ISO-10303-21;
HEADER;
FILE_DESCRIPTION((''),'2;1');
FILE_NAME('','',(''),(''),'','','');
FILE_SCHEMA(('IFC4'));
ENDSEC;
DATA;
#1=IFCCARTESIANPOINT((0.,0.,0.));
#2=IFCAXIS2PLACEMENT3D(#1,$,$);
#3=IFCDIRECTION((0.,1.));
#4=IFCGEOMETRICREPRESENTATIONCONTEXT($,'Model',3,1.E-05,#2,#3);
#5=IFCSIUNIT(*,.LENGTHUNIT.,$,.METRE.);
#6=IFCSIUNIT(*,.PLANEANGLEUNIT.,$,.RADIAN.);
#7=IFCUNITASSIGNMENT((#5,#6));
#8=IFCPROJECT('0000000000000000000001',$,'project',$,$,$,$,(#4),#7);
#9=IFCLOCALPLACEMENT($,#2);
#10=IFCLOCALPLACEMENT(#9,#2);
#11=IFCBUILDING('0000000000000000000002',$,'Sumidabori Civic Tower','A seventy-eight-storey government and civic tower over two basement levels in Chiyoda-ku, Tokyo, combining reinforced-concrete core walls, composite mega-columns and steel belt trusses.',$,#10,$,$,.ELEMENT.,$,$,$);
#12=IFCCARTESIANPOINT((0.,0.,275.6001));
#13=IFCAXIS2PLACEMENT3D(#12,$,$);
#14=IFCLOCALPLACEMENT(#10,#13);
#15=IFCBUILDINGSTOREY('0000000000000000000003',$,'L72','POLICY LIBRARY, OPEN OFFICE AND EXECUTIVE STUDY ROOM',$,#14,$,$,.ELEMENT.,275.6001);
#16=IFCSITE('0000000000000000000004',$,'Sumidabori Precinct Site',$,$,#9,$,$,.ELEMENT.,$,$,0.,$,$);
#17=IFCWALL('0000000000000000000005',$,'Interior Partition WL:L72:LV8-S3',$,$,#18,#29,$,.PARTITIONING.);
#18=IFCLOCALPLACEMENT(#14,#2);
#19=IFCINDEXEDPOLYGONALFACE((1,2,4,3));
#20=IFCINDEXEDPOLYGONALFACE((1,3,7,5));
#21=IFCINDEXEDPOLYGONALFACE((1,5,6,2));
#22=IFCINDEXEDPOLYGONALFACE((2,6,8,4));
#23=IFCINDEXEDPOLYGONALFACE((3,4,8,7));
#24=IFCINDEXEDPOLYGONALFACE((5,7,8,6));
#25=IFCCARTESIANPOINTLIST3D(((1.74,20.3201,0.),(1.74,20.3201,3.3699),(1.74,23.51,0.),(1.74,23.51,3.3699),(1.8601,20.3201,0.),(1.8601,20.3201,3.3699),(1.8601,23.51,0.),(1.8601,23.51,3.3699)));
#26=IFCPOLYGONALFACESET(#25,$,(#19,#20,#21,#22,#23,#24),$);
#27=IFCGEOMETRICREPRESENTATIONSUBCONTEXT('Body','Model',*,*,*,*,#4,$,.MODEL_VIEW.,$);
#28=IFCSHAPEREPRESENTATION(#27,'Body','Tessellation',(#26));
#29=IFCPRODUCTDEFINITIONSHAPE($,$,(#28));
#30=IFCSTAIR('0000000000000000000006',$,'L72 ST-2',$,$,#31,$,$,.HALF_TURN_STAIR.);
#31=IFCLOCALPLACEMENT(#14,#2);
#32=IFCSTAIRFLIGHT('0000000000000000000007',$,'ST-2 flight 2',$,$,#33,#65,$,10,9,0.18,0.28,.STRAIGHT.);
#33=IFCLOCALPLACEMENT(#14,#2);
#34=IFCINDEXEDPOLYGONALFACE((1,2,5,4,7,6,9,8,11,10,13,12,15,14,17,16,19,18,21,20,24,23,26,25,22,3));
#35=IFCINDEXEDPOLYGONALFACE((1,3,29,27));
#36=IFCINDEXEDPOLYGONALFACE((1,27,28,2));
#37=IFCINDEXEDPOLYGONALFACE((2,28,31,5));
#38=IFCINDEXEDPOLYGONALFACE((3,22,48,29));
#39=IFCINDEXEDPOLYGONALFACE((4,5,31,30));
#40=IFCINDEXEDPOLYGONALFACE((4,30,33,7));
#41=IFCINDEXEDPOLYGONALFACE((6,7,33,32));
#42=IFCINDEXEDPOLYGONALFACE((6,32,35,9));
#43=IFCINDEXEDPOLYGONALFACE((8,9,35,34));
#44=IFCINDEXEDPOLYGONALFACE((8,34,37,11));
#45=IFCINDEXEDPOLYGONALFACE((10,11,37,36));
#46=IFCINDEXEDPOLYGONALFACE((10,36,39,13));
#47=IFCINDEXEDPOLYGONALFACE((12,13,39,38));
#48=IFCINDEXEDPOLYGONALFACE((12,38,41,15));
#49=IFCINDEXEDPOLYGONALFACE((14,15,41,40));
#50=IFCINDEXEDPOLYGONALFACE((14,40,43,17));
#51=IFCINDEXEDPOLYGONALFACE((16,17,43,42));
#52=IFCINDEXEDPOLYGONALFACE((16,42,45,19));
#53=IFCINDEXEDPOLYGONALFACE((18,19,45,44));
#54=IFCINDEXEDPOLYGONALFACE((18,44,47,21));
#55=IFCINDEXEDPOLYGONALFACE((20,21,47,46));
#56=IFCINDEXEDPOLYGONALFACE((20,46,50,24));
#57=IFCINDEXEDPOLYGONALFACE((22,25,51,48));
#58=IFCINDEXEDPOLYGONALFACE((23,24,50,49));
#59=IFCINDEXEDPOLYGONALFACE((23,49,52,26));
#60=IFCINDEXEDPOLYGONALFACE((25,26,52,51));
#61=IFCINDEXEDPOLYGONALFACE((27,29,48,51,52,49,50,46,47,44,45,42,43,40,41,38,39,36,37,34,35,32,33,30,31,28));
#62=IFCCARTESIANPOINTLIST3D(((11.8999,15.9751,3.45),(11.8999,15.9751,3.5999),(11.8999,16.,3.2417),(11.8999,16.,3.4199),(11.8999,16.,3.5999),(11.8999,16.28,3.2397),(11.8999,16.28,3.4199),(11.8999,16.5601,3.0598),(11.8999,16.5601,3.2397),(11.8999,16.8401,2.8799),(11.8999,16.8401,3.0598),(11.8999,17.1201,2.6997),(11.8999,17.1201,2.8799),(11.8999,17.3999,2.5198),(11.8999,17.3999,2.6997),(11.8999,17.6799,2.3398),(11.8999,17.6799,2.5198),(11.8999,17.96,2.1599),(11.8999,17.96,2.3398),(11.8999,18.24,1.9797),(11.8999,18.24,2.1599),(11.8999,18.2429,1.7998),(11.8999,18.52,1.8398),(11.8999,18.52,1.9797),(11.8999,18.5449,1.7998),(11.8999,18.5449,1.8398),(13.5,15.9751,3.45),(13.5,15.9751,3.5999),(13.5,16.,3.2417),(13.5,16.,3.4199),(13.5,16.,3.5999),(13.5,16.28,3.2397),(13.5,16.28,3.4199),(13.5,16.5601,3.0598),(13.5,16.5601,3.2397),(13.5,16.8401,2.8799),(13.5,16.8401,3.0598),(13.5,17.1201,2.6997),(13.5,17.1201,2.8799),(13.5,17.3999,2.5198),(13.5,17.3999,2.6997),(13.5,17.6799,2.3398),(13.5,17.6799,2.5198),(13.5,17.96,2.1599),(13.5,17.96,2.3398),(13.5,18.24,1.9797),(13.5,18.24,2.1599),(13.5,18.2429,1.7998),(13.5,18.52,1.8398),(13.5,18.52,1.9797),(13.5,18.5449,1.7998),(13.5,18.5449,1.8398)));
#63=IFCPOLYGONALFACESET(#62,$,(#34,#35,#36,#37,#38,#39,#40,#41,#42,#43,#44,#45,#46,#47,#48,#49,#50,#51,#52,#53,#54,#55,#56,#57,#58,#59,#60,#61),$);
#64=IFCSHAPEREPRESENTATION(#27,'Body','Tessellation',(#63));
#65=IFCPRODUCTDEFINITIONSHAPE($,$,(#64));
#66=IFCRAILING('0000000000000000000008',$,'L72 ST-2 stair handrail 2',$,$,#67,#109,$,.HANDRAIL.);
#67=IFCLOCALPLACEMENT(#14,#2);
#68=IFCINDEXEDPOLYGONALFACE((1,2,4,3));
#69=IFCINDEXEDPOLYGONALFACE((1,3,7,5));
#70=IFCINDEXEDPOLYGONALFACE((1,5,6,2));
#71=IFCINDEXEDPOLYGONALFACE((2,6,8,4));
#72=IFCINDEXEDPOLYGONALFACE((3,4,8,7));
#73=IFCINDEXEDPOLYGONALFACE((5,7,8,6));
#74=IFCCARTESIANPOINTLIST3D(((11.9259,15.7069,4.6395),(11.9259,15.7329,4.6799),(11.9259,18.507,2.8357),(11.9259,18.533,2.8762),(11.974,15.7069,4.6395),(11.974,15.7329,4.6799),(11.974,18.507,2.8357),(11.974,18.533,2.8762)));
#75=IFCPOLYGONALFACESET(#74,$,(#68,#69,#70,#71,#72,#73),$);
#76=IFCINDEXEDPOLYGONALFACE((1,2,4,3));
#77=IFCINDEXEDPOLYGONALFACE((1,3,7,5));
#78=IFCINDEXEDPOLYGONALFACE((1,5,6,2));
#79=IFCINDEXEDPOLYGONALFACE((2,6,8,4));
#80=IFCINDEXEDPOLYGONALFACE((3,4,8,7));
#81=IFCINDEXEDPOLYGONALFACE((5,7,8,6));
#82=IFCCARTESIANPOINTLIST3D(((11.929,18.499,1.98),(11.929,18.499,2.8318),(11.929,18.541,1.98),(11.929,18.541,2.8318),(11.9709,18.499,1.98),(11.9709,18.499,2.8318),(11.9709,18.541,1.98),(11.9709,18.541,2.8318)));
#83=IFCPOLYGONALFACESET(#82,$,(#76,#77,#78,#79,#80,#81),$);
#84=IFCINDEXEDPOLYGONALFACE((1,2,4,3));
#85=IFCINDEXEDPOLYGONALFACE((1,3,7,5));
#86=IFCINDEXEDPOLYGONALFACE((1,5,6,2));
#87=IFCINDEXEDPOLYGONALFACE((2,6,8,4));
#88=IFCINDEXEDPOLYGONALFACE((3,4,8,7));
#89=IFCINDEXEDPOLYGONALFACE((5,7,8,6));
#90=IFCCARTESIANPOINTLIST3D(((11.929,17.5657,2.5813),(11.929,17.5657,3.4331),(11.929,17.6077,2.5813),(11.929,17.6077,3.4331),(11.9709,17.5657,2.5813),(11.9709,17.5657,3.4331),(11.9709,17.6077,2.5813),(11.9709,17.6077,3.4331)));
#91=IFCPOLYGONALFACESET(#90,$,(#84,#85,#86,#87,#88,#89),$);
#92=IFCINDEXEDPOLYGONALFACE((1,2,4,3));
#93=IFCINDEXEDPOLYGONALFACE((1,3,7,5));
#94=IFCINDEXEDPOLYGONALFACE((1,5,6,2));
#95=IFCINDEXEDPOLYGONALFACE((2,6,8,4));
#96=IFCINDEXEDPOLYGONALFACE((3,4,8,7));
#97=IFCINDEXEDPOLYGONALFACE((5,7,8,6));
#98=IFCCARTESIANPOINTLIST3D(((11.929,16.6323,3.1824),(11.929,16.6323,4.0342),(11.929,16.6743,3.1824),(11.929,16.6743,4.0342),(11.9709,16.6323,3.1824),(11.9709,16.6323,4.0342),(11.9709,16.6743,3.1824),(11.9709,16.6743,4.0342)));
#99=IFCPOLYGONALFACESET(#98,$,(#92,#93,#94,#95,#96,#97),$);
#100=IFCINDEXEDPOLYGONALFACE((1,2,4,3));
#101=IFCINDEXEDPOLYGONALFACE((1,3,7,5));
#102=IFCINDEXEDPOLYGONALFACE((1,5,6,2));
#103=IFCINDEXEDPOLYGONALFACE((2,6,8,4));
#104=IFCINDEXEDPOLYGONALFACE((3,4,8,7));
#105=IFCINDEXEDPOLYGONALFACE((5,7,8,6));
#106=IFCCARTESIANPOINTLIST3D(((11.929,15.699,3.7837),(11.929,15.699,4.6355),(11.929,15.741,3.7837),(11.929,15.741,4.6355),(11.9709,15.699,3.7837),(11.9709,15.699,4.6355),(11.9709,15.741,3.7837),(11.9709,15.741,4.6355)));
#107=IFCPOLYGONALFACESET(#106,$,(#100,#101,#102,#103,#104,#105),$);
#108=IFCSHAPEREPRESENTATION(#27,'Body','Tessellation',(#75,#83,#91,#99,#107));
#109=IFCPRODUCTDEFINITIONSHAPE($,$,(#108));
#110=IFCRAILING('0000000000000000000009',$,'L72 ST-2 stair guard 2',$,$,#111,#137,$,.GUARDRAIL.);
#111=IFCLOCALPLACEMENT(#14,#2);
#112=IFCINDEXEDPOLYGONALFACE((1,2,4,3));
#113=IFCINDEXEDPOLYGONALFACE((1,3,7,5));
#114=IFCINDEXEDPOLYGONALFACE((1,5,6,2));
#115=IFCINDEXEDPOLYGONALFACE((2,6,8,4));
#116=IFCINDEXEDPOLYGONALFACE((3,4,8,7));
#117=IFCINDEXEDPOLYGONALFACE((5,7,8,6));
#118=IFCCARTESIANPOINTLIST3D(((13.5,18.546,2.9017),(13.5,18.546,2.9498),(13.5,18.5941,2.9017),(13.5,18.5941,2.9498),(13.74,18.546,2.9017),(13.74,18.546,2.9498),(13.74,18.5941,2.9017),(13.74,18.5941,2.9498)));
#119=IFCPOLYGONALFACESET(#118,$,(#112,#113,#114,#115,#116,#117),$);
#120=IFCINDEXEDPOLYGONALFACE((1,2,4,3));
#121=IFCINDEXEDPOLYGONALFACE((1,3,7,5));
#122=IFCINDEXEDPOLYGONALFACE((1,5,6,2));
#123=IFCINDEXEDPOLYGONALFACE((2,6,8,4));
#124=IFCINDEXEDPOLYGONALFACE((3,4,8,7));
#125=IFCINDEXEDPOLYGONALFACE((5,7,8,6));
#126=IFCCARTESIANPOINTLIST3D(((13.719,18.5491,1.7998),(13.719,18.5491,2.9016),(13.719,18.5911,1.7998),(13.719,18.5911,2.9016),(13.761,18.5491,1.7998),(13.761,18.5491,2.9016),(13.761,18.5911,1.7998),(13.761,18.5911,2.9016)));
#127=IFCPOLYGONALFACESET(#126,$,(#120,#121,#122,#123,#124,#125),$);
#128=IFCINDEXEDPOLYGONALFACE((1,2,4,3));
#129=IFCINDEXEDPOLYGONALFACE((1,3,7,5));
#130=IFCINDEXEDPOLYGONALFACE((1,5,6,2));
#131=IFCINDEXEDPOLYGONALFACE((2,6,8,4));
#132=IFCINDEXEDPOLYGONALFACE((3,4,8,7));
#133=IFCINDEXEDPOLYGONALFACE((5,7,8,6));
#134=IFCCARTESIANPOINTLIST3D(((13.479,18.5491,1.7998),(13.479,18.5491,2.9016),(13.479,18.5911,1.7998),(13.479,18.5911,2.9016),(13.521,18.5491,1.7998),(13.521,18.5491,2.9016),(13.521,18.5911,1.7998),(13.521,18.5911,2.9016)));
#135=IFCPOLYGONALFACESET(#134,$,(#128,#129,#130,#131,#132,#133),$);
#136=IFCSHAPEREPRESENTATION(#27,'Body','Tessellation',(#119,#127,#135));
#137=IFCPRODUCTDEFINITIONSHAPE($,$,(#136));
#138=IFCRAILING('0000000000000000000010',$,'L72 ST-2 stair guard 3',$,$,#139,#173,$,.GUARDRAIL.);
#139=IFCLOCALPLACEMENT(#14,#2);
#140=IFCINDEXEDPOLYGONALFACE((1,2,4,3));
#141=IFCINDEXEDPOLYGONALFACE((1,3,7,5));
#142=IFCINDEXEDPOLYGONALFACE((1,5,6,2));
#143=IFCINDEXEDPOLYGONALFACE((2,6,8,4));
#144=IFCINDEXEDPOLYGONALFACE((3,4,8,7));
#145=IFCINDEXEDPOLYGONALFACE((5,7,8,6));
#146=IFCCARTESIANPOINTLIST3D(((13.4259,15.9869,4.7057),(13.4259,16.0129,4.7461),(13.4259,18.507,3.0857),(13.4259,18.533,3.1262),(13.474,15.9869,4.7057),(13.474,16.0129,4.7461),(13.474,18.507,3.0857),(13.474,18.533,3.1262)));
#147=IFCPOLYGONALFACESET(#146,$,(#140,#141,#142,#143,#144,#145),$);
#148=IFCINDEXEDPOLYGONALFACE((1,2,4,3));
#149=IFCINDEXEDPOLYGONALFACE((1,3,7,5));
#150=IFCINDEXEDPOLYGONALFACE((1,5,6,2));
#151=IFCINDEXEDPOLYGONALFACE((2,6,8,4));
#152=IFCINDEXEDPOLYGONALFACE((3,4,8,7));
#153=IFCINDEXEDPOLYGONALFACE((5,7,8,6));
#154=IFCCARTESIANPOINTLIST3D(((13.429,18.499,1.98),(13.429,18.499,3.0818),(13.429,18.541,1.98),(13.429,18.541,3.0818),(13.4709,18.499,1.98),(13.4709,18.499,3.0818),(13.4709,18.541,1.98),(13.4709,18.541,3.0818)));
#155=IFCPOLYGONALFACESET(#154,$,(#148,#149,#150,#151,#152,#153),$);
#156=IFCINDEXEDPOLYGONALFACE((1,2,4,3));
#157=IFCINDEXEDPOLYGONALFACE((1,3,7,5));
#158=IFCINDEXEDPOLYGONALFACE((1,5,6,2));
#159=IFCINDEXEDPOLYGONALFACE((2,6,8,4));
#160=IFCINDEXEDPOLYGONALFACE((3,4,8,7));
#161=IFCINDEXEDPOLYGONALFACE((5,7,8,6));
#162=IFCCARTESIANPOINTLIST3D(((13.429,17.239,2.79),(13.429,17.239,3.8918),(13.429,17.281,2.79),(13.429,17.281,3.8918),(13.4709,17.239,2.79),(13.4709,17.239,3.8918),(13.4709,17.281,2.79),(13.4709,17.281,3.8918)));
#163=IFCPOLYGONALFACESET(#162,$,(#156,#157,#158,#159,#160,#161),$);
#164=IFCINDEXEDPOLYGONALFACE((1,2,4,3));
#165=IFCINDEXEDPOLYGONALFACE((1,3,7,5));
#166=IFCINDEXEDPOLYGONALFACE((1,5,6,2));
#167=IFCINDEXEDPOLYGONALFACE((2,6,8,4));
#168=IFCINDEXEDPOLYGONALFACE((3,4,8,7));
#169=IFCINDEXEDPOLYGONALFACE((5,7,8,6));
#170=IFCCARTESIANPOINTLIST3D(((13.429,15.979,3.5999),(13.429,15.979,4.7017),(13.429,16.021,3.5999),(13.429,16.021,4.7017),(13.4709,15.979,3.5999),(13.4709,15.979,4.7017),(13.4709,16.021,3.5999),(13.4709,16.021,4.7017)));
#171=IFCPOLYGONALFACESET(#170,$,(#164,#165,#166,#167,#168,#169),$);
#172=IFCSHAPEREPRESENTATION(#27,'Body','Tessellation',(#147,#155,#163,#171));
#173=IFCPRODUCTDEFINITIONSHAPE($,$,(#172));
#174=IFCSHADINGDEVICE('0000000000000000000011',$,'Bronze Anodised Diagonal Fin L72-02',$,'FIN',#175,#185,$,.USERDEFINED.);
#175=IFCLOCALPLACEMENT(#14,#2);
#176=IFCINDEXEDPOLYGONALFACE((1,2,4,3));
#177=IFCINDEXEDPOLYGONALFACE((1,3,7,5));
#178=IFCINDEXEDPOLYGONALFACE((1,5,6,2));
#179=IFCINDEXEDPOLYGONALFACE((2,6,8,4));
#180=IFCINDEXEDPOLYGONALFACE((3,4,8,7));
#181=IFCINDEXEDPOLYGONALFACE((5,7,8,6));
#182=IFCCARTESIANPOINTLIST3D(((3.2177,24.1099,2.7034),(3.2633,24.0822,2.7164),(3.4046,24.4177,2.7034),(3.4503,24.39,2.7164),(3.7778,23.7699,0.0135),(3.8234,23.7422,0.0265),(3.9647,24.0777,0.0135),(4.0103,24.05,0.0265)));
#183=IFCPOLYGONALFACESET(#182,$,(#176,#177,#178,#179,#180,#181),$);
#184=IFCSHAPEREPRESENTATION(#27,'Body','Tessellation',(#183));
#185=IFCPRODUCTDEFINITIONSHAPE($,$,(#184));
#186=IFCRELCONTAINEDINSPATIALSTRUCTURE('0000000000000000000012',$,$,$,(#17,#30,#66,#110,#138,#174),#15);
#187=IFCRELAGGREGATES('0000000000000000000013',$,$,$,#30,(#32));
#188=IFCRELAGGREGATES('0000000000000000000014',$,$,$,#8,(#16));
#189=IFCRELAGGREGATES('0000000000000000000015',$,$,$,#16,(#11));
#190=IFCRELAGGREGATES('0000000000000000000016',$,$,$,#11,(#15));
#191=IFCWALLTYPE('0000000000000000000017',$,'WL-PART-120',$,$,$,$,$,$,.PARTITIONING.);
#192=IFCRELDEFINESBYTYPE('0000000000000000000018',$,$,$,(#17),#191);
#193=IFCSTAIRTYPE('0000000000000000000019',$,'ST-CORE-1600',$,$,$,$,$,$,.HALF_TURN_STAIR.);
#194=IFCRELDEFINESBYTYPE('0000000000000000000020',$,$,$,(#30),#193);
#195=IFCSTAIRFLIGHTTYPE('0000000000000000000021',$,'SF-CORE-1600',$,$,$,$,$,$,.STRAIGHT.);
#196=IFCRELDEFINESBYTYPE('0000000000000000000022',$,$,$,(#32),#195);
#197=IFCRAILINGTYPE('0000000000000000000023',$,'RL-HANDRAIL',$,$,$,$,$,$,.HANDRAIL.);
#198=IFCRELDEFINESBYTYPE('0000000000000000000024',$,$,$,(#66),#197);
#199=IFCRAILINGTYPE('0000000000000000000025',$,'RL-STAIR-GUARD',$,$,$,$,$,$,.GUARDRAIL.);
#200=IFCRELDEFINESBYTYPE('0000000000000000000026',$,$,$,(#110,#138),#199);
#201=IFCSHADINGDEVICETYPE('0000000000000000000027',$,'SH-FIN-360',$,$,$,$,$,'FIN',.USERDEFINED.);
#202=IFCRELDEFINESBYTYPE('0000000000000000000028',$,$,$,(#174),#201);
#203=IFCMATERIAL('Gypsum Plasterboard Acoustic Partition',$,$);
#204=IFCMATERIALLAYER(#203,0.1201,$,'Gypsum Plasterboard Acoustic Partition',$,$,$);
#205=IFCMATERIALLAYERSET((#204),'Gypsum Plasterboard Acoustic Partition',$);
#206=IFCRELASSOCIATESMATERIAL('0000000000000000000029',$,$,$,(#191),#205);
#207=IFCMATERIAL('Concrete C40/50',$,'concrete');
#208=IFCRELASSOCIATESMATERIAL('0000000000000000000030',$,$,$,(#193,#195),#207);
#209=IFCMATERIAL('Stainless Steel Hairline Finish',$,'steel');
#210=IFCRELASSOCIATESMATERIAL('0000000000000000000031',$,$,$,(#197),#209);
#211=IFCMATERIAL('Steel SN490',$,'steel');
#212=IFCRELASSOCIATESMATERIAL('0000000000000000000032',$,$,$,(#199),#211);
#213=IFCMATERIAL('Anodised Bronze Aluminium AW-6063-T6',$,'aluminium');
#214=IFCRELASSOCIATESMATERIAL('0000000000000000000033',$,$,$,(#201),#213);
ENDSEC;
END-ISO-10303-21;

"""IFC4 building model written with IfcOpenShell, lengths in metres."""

from ifc_helpers import new_model, si_unit, direction, frame, frame_2d, origin, origin_2d, place, context, subcontext, project, spatial, polyline, rectangle, outline, extrude, source, transform, mapped, material, layer, layer_set, material_profile, profile_set, type_object, element, aggregate, save


model = new_model("IFC4")

# Units and contexts
model_context = context("Model", 3, precision=1e-05, world=origin(), true_north=direction((0.0, 1.0)))
body_context = subcontext(model_context, "Body", "Model", "MODEL_VIEW")
ifc_project = project(units=[si_unit("LENGTHUNIT", "METRE"), si_unit("PLANEANGLEUNIT", "RADIAN")], contexts=[model_context])

# Site, building, storey
site_placement = place(None, origin())
site = spatial("IfcSite", under=ifc_project, at=site_placement, Name="Sumidabori Precinct Site", CompositionType="ELEMENT", RefElevation=0.0)
building_placement = place(site_placement, origin())
building = spatial("IfcBuilding", under=site, at=building_placement, Name="Sumidabori Civic Tower", Description="A seventy-eight-storey government and civic tower over two basement levels in Chiyoda-ku, Tokyo, combining reinforced-concrete core walls, composite mega-columns and steel belt trusses.", CompositionType="ELEMENT")
storey_placement = place(building_placement, frame((0.0, 0.0, 275.6001)))
storey = spatial("IfcBuildingStorey", under=building, at=storey_placement, Name="L72", Description="POLICY LIBRARY, OPEN OFFICE AND EXECUTIVE STUDY ROOM", CompositionType="ELEMENT", Elevation=275.6001)

# Shared definitions
ifc_material_1 = material(Name="Steel SN490", Category="steel")

# Shared definitions
ifc_material_2 = material(Name="Anodised Bronze Aluminium AW-6063-T6", Category="aluminium")

# Wall
ifc_material_3 = material(Name="Gypsum Plasterboard Acoustic Partition")
ifc_layer_1 = layer(ifc_material_3, 0.1201, Name="Gypsum Plasterboard Acoustic Partition")
ifc_layer_set_1 = layer_set([ifc_layer_1], Name="Gypsum Plasterboard Acoustic Partition")
wall_type_1 = type_object("IfcWallType", Name="WL-PART-120", PredefinedType="PARTITIONING", material=ifc_layer_set_1)
shared_shape_1 = source(origin(), body_context, "Body", "SweptSolid", [
    extrude(rectangle(XDim=3.1899, YDim=0.1201, at=frame_2d((1.595, 0.0))), origin(), (0.0, 0.0, 1.0), 3.3699),
])
wall_1_placement = place(storey_placement, frame((1.8, 20.3201, 0.0), z_axis=(0.0, 0.0, 1.0), x_axis=(0.0, 1.0, 0.0)))
element("IfcWall", 1, at=wall_1_placement, inside=storey, type_object=wall_type_1, Name="Interior Partition WL:L72:LV8-S3", PredefinedType="PARTITIONING", context=body_context, shape_type="MappedRepresentation", body=[
    mapped(shared_shape_1, transform((0.0, 0.0, 0.0), x_axis=(1.0, 0.0, 0.0), y_axis=(0.0, 1.0, 0.0), z_axis=(0.0, 0.0, 1.0), scale=1.0)),
])

# Stair, stair flight
ifc_material_4 = material(Name="Concrete C40/50", Category="concrete")
stair_type = type_object("IfcStairType", Name="ST-CORE-1600", PredefinedType="HALF_TURN_STAIR", material=ifc_material_4)
stair_placement = place(storey_placement, origin())
stair = element("IfcStair", 2, at=stair_placement, inside=storey, type_object=stair_type, Name="L72 ST-2", PredefinedType="HALF_TURN_STAIR")
stair_flight_type = type_object("IfcStairFlightType", Name="SF-CORE-1600", PredefinedType="STRAIGHT", material=ifc_material_4)
shared_shape_2 = source(origin(), body_context, "Body", "SweptSolid", [
    extrude(outline(polyline([(-0.0249, 0.0), (-0.0249, 0.04), (0.0, 0.04), (0.0, 0.1799), (0.28, 0.1799), (0.28, 0.3601), (0.5601, 0.3601), (0.5601, 0.54), (0.8401, 0.54), (0.8401, 0.72), (1.1201, 0.72), (1.1201, 0.8999), (1.3999, 0.8999), (1.3999, 1.0801), (1.6799, 1.0801), (1.6799, 1.26), (1.96, 1.26), (1.96, 1.4399), (2.24, 1.4399), (2.24, 1.6201), (2.52, 1.6201), (2.52, 1.8), (2.5449, 1.8), (2.5449, 1.6501), (2.52, 1.4419), (0.2771, 0.0), (-0.0249, 0.0)])), frame((0.0, 0.8, 0.0), z_axis=(0.0, -1.0, 0.0), x_axis=(1.0, 0.0, 0.0)), (0.0, 0.0, 1.0), 1.6001),
])
stair_flight_placement = place(storey_placement, frame((12.7, 18.52, 1.7998), z_axis=(0.0, 0.0, 1.0), x_axis=(0.0, -1.0, 0.0)))
stair_flight = element("IfcStairFlight", 3, at=stair_flight_placement, type_object=stair_flight_type, Name="ST-2 flight 2", NumberOfRisers=10, NumberOfTreads=9, PredefinedType="STRAIGHT", RiserHeight=0.18, TreadLength=0.28, context=body_context, shape_type="MappedRepresentation", body=[
    mapped(shared_shape_2, transform((0.0, 0.0, 0.0), x_axis=(1.0, 0.0, 0.0), y_axis=(0.0, 1.0, 0.0), z_axis=(0.0, 0.0, 1.0), scale=1.0)),
])
aggregate(stair, [stair_flight])

# Railings
ifc_material_5 = material(Name="Stainless Steel Hairline Finish", Category="steel")
railing_type_1 = type_object("IfcRailingType", Name="RL-HANDRAIL", PredefinedType="HANDRAIL", material=ifc_material_5)
railing_1_placement = place(storey_placement, frame((11.95, 18.52, 1.98)))
element("IfcRailing", 4, at=railing_1_placement, inside=storey, type_object=railing_type_1, Name="L72 ST-2 stair handrail 2", PredefinedType="HANDRAIL", context=body_context, shape_type="SweptSolid", body=[
    extrude(rectangle(XDim=0.0481, YDim=0.0481, at=origin_2d()), frame((0.0, 0.0, 0.876), z_axis=(0.0, -0.840676, 0.541539), x_axis=(1.0, 0.0, 0.0)), (0.0, 0.0, 1.0), 3.3308),
    extrude(rectangle(XDim=0.042, YDim=0.042, at=origin_2d()), origin(), (0.0, 0.0, 1.0), 0.8518),
    extrude(rectangle(XDim=0.042, YDim=0.042, at=origin_2d()), frame((0.0, -0.9333, 0.6013)), (0.0, 0.0, 1.0), 0.8518),
    extrude(rectangle(XDim=0.042, YDim=0.042, at=origin_2d()), frame((0.0, -1.8667, 1.2024)), (0.0, 0.0, 1.0), 0.8518),
    extrude(rectangle(XDim=0.042, YDim=0.042, at=origin_2d()), frame((0.0, -2.8, 1.8037)), (0.0, 0.0, 1.0), 0.8518),
])
railing_type_2 = type_object("IfcRailingType", Name="RL-STAIR-GUARD", PredefinedType="GUARDRAIL", material=ifc_material_1)
railing_2_placement = place(storey_placement, frame((13.74, 18.5701, 1.7998)))
element("IfcRailing", 5, at=railing_2_placement, inside=storey, type_object=railing_type_2, Name="L72 ST-2 stair guard 2", PredefinedType="GUARDRAIL", context=body_context, shape_type="SweptSolid", body=[
    extrude(rectangle(XDim=0.0481, YDim=0.0481, at=origin_2d()), frame((0.0, 0.0, 1.126), z_axis=(-1.0, 0.0, 0.0), x_axis=(0.0, -1.0, 0.0)), (0.0, 0.0, 1.0), 0.24),
    extrude(rectangle(XDim=0.042, YDim=0.042, at=origin_2d()), origin(), (0.0, 0.0, 1.0), 1.1018),
    extrude(rectangle(XDim=0.042, YDim=0.042, at=origin_2d()), frame((-0.24, 0.0, 0.0)), (0.0, 0.0, 1.0), 1.1018),
])
railing_3_placement = place(storey_placement, frame((13.45, 18.52, 1.98)))
element("IfcRailing", 6, at=railing_3_placement, inside=storey, type_object=railing_type_2, Name="L72 ST-2 stair guard 3", PredefinedType="GUARDRAIL", context=body_context, shape_type="SweptSolid", body=[
    extrude(rectangle(XDim=0.0481, YDim=0.0481, at=origin_2d()), frame((0.0, 0.0, 1.126), z_axis=(0.0, -0.8412, 0.540725), x_axis=(1.0, 0.0, 0.0)), (0.0, 0.0, 1.0), 2.9958),
    extrude(rectangle(XDim=0.042, YDim=0.042, at=origin_2d()), origin(), (0.0, 0.0, 1.0), 1.1018),
    extrude(rectangle(XDim=0.042, YDim=0.042, at=origin_2d()), frame((0.0, -1.26, 0.8101)), (0.0, 0.0, 1.0), 1.1018),
    extrude(rectangle(XDim=0.042, YDim=0.042, at=origin_2d()), frame((0.0, -2.52, 1.6199)), (0.0, 0.0, 1.0), 1.1018),
])

# Shading device
ifc_material_profile_1 = material_profile(ifc_material_2, rectangle(XDim=0.0549, YDim=0.3601, at=origin_2d()), Name="BRONZE FIN 360x55")
ifc_profile_set_1 = profile_set([ifc_material_profile_1], Name="Anodised Bronze Aluminium AW-6063-T6")
shading_device_type = type_object("IfcShadingDeviceType", Name="SH-FIN-360", ElementType="FIN", PredefinedType="USERDEFINED", material=ifc_profile_set_1)
shared_shape_3 = source(origin(), body_context, "Body", "SweptSolid", [
    extrude(rectangle(XDim=0.0549, YDim=0.3601, at=origin_2d()), origin(), (0.0, 0.0, 1.0), 2.7686),
])
shading_device_placement = place(storey_placement, frame((3.894, 23.9099, 0.02), z_axis=(-0.20229, 0.122838, 0.971591), x_axis=(0.83047, -0.504291, 0.236665)))
element("IfcShadingDevice", 7, at=shading_device_placement, inside=storey, type_object=shading_device_type, Name="Bronze Anodised Diagonal Fin L72-02", ObjectType="FIN", PredefinedType="USERDEFINED", context=body_context, shape_type="MappedRepresentation", body=[
    mapped(shared_shape_3, transform((0.0, 0.0, 0.0), x_axis=(1.0, 0.0, 0.0), y_axis=(0.0, 1.0, 0.0), z_axis=(0.0, 0.0, 1.0), scale=1.0)),
])

save(model, "model.ifc")
